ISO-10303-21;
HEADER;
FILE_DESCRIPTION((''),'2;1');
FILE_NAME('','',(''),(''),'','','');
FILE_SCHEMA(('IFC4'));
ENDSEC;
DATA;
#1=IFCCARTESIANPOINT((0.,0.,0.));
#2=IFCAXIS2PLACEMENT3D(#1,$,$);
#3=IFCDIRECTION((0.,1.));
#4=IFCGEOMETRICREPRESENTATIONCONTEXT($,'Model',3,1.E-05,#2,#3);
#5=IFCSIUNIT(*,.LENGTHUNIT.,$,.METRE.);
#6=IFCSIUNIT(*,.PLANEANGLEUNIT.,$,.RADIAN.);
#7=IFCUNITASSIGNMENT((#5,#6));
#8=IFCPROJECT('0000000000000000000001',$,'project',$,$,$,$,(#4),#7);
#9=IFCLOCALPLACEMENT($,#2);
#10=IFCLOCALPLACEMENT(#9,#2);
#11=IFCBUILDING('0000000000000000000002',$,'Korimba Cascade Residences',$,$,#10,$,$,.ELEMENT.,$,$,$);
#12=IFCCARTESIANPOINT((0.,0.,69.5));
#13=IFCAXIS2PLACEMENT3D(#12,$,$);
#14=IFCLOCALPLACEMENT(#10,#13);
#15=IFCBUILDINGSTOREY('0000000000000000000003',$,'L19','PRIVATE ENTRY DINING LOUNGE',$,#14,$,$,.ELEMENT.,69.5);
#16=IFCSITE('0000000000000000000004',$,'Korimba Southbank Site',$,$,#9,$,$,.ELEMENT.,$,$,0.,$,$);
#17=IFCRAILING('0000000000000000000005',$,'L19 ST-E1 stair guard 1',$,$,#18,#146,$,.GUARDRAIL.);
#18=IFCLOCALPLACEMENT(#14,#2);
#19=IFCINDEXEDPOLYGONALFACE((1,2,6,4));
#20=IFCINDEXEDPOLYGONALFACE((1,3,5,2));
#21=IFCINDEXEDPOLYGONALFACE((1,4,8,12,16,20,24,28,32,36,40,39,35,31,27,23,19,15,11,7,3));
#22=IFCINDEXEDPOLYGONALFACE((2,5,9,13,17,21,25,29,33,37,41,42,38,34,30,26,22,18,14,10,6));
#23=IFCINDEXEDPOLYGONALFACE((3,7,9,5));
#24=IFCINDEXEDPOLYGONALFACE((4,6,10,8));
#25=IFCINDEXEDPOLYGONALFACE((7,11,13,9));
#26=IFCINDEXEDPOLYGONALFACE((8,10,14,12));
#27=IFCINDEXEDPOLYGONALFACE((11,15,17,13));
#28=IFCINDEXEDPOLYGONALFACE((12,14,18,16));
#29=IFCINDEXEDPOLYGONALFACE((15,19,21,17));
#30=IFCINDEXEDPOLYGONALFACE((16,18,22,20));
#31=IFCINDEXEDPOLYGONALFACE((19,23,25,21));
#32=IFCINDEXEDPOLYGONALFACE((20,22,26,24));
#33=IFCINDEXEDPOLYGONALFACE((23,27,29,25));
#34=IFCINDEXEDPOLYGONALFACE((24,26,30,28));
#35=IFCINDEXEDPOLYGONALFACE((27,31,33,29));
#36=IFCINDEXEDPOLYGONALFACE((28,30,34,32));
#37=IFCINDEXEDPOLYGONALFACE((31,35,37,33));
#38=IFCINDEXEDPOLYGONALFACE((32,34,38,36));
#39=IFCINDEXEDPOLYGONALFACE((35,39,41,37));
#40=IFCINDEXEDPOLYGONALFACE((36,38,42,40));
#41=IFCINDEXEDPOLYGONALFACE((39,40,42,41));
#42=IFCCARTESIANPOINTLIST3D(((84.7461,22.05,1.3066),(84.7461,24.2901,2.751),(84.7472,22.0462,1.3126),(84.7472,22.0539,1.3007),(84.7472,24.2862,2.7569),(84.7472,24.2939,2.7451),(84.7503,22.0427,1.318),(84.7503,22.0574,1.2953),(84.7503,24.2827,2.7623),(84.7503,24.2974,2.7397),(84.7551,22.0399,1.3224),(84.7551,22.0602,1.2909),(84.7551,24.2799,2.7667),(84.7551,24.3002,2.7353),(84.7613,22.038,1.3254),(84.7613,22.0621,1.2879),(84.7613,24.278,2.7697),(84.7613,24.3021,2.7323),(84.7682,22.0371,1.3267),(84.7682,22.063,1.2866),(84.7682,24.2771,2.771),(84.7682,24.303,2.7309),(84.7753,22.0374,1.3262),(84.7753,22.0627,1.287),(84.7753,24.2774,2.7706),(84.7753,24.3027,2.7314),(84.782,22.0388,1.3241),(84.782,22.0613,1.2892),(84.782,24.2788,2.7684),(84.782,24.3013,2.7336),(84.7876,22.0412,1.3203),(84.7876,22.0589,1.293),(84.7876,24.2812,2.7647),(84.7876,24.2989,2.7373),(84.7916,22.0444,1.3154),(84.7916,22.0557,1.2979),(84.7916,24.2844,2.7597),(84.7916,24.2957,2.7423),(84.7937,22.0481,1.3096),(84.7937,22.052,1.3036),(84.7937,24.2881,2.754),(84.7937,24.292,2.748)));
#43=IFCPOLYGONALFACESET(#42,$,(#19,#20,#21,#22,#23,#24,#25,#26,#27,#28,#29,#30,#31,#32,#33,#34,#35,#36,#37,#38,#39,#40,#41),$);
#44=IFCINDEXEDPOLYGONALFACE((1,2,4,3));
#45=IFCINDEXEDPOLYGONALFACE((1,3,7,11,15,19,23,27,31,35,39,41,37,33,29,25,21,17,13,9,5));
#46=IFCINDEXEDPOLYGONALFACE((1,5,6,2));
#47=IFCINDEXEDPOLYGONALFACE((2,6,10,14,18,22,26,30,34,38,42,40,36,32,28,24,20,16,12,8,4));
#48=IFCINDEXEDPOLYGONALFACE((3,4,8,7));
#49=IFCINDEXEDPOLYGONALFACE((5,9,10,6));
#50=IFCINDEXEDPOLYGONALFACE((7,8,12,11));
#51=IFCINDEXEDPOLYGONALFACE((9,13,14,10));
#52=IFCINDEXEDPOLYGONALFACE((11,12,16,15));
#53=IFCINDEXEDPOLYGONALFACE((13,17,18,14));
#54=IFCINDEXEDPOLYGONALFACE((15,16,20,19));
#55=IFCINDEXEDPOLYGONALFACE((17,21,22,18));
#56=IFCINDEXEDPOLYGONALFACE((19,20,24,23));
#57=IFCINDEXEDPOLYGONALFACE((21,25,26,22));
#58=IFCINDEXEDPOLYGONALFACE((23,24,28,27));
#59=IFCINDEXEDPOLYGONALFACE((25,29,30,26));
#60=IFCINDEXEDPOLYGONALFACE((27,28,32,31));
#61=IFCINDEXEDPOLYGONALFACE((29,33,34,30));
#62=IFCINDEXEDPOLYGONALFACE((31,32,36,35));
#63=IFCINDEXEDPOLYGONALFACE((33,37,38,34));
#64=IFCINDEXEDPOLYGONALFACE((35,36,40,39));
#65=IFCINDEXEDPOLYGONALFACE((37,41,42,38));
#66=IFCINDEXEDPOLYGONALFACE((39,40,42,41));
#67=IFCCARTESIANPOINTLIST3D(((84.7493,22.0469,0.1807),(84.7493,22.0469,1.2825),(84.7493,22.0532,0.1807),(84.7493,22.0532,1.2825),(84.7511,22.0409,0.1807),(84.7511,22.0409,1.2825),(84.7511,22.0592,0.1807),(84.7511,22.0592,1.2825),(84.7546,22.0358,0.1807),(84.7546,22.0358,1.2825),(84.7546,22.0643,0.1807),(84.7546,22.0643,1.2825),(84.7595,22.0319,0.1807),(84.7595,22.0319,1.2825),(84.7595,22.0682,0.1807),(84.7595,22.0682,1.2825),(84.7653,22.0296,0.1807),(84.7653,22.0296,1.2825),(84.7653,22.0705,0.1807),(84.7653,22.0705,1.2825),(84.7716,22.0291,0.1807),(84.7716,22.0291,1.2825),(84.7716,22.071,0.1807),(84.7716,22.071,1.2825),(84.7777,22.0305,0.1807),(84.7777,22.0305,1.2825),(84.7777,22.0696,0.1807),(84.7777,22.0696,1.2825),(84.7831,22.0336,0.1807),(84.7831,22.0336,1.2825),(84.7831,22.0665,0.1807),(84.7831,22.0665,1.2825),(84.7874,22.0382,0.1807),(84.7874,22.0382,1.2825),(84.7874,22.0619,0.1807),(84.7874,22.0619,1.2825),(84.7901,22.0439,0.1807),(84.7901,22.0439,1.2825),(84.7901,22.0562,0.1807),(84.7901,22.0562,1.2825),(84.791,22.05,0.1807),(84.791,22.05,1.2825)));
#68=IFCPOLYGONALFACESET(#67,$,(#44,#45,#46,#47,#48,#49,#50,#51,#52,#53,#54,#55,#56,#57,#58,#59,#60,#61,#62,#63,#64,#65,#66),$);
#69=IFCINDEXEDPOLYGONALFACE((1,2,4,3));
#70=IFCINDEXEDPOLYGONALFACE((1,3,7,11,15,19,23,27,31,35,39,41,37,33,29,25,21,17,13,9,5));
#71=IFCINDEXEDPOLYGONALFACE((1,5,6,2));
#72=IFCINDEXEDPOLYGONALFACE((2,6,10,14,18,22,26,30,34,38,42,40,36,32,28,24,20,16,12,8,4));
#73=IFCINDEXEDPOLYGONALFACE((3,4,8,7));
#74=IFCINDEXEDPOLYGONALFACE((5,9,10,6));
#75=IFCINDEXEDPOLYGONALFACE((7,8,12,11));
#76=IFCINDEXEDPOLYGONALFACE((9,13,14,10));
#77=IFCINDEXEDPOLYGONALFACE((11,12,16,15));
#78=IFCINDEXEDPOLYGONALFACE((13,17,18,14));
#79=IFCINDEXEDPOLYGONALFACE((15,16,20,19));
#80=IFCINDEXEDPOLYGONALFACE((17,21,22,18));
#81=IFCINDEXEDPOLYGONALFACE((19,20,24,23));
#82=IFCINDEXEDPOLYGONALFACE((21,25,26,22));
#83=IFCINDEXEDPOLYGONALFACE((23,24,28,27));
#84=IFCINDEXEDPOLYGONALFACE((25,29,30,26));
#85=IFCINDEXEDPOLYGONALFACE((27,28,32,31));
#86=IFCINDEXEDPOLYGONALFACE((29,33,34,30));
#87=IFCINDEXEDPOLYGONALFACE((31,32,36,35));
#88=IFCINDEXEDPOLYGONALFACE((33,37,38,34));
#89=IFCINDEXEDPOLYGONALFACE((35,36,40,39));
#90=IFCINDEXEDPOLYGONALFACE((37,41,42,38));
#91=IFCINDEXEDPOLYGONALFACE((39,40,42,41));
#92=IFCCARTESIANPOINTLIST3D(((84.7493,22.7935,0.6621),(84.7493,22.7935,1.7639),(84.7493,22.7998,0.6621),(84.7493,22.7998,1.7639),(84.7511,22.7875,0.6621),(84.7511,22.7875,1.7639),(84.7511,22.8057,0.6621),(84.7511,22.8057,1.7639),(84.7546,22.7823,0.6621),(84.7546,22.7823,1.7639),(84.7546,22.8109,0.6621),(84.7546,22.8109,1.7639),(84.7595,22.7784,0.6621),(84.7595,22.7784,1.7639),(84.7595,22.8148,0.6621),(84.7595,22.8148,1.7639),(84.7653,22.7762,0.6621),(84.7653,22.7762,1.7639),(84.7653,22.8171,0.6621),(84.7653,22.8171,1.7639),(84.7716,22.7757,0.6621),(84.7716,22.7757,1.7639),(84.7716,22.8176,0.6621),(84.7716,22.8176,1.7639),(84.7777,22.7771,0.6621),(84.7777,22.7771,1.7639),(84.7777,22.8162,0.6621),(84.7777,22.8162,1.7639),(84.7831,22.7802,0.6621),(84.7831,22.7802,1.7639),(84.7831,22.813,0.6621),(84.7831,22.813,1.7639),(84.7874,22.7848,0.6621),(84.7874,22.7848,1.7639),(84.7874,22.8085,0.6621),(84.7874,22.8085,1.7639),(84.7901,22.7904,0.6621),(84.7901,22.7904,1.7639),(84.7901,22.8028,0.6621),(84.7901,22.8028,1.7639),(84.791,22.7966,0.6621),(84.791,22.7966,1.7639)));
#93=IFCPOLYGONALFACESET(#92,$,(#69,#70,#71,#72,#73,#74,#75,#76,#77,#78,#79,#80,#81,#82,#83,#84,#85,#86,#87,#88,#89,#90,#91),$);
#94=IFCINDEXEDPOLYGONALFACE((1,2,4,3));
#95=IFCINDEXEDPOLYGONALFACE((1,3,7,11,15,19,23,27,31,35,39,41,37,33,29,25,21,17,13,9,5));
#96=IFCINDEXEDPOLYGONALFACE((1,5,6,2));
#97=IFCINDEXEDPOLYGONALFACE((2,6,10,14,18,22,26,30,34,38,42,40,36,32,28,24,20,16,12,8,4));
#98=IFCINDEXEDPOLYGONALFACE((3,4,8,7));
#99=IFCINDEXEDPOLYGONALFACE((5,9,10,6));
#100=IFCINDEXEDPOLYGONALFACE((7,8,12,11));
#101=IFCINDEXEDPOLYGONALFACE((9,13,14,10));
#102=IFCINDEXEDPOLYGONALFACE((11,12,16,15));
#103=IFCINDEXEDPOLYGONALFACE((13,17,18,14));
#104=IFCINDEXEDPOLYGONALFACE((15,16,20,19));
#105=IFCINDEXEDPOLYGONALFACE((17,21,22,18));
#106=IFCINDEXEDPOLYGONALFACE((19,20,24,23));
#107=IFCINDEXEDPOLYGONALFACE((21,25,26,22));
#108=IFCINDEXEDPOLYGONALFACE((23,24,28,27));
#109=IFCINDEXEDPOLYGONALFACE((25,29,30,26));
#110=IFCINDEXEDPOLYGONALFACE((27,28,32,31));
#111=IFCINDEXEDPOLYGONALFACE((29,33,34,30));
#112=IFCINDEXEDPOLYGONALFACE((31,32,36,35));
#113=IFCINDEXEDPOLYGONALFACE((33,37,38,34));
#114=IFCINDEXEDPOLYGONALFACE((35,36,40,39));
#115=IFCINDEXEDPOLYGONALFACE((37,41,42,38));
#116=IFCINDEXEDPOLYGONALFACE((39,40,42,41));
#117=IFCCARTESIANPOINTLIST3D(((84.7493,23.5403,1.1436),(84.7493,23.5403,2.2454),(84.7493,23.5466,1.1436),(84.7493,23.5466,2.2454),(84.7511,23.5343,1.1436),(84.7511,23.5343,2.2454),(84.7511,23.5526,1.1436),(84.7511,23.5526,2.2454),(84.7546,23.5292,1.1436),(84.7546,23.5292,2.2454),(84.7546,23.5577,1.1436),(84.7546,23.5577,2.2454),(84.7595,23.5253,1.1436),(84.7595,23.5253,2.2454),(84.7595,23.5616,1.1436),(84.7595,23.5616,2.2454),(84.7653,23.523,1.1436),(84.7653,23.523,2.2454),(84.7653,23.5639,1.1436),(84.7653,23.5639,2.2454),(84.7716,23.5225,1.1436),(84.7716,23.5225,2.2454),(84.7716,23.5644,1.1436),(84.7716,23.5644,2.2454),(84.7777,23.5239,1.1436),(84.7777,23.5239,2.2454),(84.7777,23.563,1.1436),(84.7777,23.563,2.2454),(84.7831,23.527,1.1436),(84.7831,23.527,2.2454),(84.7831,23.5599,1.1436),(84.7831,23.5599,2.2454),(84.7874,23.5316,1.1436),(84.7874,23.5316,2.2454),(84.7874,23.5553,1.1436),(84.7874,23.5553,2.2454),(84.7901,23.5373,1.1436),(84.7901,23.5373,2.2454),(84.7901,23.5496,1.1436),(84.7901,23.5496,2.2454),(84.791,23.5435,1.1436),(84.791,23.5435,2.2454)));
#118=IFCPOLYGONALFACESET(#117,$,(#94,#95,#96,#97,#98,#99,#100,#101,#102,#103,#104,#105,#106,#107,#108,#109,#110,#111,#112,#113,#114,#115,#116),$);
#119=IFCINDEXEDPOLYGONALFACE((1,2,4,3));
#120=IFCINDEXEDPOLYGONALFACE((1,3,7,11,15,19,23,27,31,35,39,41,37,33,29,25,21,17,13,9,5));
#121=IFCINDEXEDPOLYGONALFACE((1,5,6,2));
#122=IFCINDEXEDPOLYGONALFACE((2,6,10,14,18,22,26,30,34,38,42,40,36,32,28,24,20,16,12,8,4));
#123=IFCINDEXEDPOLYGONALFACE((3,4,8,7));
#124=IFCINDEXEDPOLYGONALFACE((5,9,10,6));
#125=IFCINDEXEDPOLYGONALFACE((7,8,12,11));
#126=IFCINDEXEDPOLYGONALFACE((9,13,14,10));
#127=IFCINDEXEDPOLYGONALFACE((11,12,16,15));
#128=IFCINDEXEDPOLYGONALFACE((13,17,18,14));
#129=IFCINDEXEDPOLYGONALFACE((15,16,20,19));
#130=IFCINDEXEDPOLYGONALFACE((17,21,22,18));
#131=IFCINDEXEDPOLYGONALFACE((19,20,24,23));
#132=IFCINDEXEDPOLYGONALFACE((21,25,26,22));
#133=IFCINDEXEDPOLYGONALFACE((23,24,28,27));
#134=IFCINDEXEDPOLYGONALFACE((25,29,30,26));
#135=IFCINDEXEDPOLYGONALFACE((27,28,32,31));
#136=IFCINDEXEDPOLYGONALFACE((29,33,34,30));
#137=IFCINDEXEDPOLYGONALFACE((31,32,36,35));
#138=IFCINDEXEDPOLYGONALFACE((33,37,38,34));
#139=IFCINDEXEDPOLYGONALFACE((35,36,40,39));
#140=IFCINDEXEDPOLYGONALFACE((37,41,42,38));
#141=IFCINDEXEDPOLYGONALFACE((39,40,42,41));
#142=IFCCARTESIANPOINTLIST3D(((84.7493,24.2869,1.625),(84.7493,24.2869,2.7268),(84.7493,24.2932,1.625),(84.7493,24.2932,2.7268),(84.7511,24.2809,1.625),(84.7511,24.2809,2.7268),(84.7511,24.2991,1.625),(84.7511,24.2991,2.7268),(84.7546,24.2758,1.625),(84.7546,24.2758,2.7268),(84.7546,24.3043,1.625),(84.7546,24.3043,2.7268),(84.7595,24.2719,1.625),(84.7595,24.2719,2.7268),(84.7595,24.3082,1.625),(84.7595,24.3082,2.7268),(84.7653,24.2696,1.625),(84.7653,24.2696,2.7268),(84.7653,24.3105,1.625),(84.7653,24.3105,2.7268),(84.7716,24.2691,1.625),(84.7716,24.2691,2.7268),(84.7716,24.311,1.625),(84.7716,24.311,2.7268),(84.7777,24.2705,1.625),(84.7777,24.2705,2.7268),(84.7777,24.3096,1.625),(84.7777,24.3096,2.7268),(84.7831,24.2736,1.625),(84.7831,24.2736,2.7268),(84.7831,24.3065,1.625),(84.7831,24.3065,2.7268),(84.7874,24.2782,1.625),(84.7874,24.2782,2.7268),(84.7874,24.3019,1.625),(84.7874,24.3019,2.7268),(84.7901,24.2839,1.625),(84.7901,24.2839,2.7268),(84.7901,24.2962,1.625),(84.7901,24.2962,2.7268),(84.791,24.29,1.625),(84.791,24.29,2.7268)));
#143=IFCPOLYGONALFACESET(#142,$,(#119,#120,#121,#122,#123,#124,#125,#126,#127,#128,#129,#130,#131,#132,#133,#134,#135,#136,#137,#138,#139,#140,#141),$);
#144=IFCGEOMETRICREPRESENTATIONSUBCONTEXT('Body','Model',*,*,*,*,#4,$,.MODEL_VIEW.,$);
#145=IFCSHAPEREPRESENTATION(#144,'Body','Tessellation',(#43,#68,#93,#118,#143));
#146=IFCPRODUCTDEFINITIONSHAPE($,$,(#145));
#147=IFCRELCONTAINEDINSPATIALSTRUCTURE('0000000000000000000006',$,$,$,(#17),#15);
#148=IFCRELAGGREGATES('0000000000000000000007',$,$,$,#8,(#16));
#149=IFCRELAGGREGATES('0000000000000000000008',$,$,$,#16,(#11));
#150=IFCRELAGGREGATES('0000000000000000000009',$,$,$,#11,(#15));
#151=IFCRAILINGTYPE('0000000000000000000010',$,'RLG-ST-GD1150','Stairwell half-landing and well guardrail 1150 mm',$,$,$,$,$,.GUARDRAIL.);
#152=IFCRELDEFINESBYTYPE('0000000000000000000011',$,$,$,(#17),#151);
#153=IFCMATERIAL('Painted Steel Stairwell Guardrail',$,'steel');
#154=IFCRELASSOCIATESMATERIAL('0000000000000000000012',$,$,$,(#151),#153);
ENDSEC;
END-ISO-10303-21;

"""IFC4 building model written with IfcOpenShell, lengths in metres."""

from ifc_helpers import new_model, si_unit, direction, frame, origin, origin_2d, place, context, subcontext, project, spatial, circle, extrude, material, type_object, element, save


model = new_model("IFC4")

# Units and contexts
model_context = context("Model", 3, precision=1e-05, world=origin(), true_north=direction((0.0, 1.0)))
body_context = subcontext(model_context, "Body", "Model", "MODEL_VIEW")
ifc_project = project(units=[si_unit("LENGTHUNIT", "METRE"), si_unit("PLANEANGLEUNIT", "RADIAN")], contexts=[model_context])

# Site, building, storey
site_placement = place(None, origin())
site = spatial("IfcSite", under=ifc_project, at=site_placement, Name="Korimba Southbank Site", CompositionType="ELEMENT", RefElevation=0.0)
building_placement = place(site_placement, origin())
building = spatial("IfcBuilding", under=site, at=building_placement, Name="Korimba Cascade Residences", CompositionType="ELEMENT")
storey_placement = place(building_placement, frame((0.0, 0.0, 69.5)))
storey = spatial("IfcBuildingStorey", under=building, at=storey_placement, Name="L19", Description="PRIVATE ENTRY DINING LOUNGE", CompositionType="ELEMENT", Elevation=69.5)

# Railing
ifc_material_1 = material(Name="Painted Steel Stairwell Guardrail", Category="steel")
railing_type_1 = type_object("IfcRailingType", Name="RLG-ST-GD1150", Description="Stairwell half-landing and well guardrail 1150 mm", PredefinedType="GUARDRAIL", material=ifc_material_1)
railing_1_placement = place(storey_placement, frame((84.77, 22.05, 0.1807)))
element("IfcRailing", 1, at=railing_1_placement, inside=storey, type_object=railing_type_1, Name="L19 ST-E1 stair guard 1", PredefinedType="GUARDRAIL", context=body_context, shape_type="SweptSolid", body=[
    extrude(circle(Radius=0.0239, at=origin_2d()), frame((0.0, 0.0, 1.126), z_axis=(0.0, 0.840437, 0.54191), x_axis=(-1.0, 0.0, 0.0)), (0.0, 0.0, 1.0), 2.6653),
    extrude(circle(Radius=0.021, at=origin_2d()), origin(), (0.0, 0.0, 1.0), 1.1018),
    extrude(circle(Radius=0.021, at=origin_2d()), frame((0.0, 0.7466, 0.4814)), (0.0, 0.0, 1.0), 1.1018),
    extrude(circle(Radius=0.021, at=origin_2d()), frame((0.0, 1.4934, 0.9629)), (0.0, 0.0, 1.0), 1.1018),
    extrude(circle(Radius=0.021, at=origin_2d()), frame((0.0, 2.24, 1.4443)), (0.0, 0.0, 1.0), 1.1018),
])

save(model, "model.ifc")
